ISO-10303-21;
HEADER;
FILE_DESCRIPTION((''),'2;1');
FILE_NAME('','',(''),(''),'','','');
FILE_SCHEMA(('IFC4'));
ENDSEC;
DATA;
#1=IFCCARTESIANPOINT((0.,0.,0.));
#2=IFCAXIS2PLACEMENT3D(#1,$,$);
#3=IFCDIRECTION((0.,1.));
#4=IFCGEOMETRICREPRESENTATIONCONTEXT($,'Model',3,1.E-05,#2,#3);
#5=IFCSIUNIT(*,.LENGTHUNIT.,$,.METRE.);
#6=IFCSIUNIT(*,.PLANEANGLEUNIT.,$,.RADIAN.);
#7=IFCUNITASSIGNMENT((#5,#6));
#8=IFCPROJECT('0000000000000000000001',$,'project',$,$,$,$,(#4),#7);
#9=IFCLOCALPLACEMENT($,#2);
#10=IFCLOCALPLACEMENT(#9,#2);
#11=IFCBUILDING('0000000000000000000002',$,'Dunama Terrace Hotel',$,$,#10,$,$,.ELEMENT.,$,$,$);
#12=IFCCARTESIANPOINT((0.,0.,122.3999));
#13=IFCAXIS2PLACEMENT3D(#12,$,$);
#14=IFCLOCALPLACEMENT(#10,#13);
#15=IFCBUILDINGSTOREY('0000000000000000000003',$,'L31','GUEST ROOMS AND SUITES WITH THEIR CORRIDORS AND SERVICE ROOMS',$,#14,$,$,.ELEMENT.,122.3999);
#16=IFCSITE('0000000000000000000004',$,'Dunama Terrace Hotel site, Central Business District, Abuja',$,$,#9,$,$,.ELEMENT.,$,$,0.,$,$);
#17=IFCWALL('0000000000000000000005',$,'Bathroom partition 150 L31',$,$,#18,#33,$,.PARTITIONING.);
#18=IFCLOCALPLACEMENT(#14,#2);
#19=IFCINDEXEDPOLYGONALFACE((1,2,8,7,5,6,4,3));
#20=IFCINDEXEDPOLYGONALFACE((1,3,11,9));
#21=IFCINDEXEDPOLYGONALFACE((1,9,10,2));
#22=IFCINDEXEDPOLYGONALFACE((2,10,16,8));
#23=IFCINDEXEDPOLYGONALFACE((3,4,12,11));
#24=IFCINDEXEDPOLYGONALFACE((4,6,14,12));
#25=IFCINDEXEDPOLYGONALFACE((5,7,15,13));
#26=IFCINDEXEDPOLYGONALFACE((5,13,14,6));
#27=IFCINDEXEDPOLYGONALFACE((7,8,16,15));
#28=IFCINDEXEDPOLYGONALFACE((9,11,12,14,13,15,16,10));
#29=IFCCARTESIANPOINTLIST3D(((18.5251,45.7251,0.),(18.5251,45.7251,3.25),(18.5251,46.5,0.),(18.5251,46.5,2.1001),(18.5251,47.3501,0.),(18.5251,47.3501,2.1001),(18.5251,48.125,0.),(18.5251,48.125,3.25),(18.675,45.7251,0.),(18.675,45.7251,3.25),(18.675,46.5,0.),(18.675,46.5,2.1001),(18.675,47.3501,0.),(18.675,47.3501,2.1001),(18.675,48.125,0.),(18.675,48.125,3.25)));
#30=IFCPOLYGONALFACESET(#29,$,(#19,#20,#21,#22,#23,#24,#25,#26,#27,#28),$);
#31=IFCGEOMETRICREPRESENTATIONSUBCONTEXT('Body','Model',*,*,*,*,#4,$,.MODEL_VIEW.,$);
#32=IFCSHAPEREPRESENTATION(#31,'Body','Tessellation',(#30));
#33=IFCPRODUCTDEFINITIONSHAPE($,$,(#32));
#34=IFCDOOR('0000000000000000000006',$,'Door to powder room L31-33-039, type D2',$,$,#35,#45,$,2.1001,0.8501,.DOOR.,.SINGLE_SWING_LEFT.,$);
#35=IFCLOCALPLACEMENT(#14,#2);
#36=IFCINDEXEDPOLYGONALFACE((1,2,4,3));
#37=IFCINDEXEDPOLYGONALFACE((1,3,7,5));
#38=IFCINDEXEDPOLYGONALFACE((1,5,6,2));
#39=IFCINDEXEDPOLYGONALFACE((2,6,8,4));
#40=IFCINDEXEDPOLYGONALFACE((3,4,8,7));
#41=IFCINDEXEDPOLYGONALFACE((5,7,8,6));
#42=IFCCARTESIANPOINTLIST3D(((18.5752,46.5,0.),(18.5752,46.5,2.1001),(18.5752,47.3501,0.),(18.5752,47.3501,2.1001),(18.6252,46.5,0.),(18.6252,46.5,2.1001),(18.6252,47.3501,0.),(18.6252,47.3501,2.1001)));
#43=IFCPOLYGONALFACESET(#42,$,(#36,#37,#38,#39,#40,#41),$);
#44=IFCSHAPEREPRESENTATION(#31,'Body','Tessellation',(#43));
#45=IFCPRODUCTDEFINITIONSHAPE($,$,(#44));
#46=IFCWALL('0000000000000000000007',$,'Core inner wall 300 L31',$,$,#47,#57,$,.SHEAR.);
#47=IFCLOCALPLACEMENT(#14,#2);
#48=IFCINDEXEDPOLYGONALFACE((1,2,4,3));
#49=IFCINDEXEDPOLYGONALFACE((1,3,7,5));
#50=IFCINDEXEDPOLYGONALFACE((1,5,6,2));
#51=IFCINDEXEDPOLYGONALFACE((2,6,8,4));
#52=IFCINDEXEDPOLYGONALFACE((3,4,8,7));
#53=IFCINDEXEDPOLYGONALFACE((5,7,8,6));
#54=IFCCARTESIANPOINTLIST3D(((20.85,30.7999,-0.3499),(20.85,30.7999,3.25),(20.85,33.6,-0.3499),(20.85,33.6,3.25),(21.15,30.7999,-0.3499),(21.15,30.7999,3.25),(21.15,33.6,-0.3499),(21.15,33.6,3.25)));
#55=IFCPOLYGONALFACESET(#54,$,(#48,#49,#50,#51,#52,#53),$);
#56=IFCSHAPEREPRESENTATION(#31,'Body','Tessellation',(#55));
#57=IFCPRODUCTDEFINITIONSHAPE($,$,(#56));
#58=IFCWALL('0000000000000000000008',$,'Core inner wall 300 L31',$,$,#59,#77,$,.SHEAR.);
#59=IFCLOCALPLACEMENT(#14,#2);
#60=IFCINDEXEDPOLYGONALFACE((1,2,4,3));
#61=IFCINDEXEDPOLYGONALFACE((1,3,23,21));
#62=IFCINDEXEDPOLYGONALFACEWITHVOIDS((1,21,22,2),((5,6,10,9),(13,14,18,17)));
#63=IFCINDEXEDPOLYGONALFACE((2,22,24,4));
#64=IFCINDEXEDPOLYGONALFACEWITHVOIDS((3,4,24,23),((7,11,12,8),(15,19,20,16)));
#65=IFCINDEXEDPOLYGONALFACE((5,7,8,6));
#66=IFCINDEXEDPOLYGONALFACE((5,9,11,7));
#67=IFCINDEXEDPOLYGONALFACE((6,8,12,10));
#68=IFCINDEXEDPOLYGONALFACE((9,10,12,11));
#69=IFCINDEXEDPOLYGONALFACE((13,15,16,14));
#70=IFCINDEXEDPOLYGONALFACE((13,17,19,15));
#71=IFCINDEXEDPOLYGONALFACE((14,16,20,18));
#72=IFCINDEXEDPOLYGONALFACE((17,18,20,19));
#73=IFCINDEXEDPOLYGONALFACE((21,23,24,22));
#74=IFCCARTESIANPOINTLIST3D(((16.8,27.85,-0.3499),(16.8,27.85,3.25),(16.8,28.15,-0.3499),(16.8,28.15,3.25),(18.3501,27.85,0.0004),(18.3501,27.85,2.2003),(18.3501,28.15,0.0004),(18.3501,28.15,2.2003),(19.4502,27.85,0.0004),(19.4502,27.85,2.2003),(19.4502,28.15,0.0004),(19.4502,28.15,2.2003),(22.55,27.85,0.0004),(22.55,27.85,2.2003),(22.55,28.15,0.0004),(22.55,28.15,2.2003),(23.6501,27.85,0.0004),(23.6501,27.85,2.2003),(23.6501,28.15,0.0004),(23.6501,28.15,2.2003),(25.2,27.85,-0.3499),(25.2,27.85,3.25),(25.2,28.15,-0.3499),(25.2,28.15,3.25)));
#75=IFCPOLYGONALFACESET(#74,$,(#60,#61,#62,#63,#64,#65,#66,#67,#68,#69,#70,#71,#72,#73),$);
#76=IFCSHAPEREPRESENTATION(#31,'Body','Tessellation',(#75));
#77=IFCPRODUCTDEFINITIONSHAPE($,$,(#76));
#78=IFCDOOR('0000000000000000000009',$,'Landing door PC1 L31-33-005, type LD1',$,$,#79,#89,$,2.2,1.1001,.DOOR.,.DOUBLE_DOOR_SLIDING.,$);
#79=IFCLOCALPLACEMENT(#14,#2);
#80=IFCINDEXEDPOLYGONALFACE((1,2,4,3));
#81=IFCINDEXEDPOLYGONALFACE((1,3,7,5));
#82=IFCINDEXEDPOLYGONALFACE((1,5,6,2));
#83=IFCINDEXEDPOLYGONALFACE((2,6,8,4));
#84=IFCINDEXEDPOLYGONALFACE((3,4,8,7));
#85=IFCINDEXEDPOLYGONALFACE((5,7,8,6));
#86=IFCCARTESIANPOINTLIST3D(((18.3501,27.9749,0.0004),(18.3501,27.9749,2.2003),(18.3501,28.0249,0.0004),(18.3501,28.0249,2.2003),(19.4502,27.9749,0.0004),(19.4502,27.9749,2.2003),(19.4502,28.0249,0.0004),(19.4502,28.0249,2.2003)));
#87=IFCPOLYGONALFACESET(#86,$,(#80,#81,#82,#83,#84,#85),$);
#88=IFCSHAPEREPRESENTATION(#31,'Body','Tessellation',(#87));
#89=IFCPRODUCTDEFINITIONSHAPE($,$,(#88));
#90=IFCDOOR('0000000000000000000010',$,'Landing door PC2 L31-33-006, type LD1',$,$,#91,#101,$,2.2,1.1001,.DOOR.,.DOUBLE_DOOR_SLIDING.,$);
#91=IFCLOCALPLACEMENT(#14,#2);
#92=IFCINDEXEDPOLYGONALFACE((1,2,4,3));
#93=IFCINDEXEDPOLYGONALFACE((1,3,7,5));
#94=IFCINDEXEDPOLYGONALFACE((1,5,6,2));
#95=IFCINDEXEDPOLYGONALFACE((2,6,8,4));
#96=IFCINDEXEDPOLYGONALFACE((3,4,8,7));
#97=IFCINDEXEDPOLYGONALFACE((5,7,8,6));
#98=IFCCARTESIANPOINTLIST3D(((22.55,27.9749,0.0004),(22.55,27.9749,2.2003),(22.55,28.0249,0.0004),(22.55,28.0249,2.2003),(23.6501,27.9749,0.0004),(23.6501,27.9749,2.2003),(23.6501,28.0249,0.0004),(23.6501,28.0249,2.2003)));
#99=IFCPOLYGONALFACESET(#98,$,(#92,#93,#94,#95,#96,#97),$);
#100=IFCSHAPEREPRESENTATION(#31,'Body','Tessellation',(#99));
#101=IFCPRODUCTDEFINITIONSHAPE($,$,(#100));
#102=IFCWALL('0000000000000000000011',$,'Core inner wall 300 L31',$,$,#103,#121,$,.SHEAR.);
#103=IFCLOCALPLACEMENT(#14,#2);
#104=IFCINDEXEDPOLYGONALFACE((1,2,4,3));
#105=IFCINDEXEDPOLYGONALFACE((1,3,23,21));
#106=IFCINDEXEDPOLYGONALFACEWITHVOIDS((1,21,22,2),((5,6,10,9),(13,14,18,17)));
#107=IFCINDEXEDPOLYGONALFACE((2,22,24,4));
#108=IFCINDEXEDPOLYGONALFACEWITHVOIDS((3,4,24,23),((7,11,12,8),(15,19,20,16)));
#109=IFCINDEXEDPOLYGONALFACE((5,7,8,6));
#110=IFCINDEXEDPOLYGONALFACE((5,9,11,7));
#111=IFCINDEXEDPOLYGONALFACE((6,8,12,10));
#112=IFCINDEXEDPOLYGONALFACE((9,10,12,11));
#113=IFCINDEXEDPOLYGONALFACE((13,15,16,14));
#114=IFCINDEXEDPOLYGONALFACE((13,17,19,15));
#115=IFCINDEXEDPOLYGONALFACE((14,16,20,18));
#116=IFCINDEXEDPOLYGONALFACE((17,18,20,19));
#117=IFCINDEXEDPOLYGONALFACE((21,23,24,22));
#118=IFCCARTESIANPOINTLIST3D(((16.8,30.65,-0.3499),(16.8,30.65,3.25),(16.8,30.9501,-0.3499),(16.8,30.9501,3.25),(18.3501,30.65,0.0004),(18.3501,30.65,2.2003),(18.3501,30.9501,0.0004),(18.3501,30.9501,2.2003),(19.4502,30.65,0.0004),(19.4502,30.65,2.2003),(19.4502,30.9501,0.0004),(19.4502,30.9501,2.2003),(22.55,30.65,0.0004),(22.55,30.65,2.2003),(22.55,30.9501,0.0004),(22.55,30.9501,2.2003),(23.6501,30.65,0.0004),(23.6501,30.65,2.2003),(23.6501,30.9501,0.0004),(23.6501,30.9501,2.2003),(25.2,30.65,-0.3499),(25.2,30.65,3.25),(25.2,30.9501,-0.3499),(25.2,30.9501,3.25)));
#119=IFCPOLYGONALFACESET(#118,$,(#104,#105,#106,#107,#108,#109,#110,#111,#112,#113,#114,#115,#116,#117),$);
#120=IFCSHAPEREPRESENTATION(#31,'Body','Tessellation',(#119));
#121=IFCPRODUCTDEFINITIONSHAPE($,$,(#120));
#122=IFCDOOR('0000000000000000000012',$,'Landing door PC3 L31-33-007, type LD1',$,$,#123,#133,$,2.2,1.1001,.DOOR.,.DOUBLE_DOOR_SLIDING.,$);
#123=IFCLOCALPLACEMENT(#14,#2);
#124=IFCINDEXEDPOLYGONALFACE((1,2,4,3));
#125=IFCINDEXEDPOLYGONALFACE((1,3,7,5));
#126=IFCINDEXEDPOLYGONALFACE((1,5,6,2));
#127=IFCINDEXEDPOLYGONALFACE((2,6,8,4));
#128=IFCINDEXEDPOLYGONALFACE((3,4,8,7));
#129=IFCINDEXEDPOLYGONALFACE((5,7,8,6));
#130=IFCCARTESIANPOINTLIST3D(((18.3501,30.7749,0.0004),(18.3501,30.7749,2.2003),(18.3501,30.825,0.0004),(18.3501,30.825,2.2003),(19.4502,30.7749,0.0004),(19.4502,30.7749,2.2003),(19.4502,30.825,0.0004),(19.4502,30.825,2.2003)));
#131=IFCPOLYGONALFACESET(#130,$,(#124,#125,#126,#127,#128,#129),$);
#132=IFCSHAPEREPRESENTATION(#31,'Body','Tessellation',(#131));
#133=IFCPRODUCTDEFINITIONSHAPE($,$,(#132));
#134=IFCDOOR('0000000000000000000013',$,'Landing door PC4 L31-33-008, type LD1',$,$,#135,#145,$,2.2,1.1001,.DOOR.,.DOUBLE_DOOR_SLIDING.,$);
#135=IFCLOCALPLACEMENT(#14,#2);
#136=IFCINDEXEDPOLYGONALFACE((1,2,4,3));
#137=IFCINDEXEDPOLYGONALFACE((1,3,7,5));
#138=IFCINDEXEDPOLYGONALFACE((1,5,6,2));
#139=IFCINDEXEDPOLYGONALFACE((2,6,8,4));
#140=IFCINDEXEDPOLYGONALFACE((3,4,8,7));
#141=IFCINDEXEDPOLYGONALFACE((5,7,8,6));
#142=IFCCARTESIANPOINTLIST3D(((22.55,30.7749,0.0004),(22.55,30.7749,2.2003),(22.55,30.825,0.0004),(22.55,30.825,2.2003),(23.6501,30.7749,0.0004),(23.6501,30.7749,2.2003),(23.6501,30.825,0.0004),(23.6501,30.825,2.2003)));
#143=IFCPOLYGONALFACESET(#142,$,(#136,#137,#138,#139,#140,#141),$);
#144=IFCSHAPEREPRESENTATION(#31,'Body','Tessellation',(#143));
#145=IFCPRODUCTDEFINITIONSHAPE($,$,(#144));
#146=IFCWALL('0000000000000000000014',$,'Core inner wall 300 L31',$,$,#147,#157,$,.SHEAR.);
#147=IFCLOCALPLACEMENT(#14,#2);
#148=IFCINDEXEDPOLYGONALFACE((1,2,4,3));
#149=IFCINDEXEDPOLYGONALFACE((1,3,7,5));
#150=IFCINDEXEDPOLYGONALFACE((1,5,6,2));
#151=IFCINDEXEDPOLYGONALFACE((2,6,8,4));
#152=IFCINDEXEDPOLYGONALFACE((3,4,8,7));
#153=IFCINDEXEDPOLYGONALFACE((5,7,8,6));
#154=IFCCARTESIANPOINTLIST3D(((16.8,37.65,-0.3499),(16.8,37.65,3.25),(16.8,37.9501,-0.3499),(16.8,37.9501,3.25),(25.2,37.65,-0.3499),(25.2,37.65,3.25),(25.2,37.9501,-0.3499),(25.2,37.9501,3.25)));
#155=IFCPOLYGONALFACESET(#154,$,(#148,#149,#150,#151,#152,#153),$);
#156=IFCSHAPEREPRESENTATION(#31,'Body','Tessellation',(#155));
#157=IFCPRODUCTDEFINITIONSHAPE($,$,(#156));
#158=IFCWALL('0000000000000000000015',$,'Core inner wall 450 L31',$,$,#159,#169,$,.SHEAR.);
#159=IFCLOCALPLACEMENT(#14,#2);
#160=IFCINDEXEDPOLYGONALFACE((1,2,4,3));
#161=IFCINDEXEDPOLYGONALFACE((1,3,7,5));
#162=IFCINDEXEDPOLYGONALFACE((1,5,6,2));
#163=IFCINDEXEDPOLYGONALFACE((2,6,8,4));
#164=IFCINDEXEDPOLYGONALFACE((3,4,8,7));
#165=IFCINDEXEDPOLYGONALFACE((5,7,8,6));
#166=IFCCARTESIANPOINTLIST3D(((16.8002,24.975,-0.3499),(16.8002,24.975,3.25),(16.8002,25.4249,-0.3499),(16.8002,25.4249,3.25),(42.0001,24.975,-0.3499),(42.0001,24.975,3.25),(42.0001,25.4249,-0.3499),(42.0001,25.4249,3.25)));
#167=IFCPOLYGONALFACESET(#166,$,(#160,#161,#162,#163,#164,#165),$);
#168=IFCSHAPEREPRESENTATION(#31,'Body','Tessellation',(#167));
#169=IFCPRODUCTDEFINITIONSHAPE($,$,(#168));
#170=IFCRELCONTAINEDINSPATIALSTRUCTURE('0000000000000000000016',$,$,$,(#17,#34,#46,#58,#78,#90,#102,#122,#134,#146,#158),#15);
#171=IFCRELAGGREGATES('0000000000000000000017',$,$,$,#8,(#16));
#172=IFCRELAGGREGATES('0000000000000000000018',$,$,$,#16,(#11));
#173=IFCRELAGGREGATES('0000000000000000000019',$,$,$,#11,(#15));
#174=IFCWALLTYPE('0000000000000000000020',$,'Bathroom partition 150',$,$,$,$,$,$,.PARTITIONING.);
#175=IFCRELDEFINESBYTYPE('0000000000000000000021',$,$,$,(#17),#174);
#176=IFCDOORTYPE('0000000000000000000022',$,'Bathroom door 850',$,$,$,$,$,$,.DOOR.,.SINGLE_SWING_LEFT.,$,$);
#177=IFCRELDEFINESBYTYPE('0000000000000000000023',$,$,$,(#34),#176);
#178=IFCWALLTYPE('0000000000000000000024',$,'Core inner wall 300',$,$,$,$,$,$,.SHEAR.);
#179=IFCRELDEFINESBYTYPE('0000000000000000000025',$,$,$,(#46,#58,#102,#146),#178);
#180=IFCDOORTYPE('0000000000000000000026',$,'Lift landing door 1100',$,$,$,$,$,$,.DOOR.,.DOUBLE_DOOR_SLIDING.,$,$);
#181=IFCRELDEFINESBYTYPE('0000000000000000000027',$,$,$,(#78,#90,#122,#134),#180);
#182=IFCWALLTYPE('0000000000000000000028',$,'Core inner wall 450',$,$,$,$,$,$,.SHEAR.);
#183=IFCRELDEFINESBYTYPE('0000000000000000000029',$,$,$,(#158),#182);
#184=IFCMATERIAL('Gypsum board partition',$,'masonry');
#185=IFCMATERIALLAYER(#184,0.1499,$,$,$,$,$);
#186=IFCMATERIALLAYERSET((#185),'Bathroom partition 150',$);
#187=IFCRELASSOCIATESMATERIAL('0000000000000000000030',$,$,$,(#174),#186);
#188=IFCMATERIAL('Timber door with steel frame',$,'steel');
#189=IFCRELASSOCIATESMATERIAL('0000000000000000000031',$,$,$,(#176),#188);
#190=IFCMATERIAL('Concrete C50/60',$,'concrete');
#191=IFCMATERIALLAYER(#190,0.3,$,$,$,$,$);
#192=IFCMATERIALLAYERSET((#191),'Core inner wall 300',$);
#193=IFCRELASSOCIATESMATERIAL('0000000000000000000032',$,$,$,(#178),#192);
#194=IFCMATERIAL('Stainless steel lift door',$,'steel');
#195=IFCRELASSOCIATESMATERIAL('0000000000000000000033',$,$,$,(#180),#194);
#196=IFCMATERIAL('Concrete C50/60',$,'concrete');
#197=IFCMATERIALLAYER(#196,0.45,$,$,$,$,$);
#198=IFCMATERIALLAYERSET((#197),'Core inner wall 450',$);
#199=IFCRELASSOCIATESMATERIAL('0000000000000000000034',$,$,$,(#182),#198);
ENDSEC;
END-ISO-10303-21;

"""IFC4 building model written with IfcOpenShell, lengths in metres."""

from ifc_helpers import new_model, si_unit, direction, frame, frame_2d, origin, place, context, subcontext, project, spatial, rectangle, extrude, material, layer, layer_set, type_object, element, fill, save


model = new_model("IFC4")

# Units and contexts
model_context = context("Model", 3, precision=1e-05, world=origin(), true_north=direction((0.0, 1.0)))
body_context = subcontext(model_context, "Body", "Model", "MODEL_VIEW")
ifc_project = project(units=[si_unit("LENGTHUNIT", "METRE"), si_unit("PLANEANGLEUNIT", "RADIAN")], contexts=[model_context])

# Site, building, storey
site_placement = place(None, origin())
site = spatial("IfcSite", under=ifc_project, at=site_placement, Name="Dunama Terrace Hotel site, Central Business District, Abuja", CompositionType="ELEMENT", RefElevation=0.0)
building_placement = place(site_placement, origin())
building = spatial("IfcBuilding", under=site, at=building_placement, Name="Dunama Terrace Hotel", CompositionType="ELEMENT")
storey_placement = place(building_placement, frame((0.0, 0.0, 122.3999)))
storey = spatial("IfcBuildingStorey", under=building, at=storey_placement, Name="L31", Description="GUEST ROOMS AND SUITES WITH THEIR CORRIDORS AND SERVICE ROOMS", CompositionType="ELEMENT", Elevation=122.3999)

# Wall, opening, door
ifc_material_1 = material(Name="Gypsum board partition", Category="masonry")
ifc_layer_1 = layer(ifc_material_1, 0.1499)
ifc_layer_set_1 = layer_set([ifc_layer_1], Name="Bathroom partition 150")
wall_type_1 = type_object("IfcWallType", Name="Bathroom partition 150", PredefinedType="PARTITIONING", material=ifc_layer_set_1)
wall_1_placement = place(storey_placement, frame((18.6001, 45.7251, 0.0), z_axis=(0.0, 0.0, 1.0), x_axis=(0.0, 1.0, 0.0)))
wall_1 = element("IfcWall", 1, at=wall_1_placement, inside=storey, type_object=wall_type_1, Name="Bathroom partition 150 L31", PredefinedType="PARTITIONING", context=body_context, shape_type="SweptSolid", body=[
    extrude(rectangle(XDim=2.3999, YDim=0.1499, at=frame_2d((1.2, 0.0))), origin(), (0.0, 0.0, 1.0), 3.25),
])
opening_1_placement = place(wall_1_placement, frame((0.7749, 0.0, 0.0)))
opening_1 = element("IfcOpeningElement", 2, at=opening_1_placement, cuts=wall_1, PredefinedType="OPENING", context=body_context, shape_type="SweptSolid", body=[
    extrude(rectangle(XDim=0.8501, YDim=2.1001, at=frame_2d((0.425, 1.05))), frame((0.0, 0.085, 0.0), z_axis=(0.0, -1.0, 0.0), x_axis=(1.0, 0.0, 0.0)), (0.0, 0.0, 1.0), 0.1699),
])
ifc_material_2 = material(Name="Timber door with steel frame", Category="steel")
door_type_1 = type_object("IfcDoorType", Name="Bathroom door 850", OperationType="SINGLE_SWING_LEFT", PredefinedType="DOOR", material=ifc_material_2)
door_1_placement = place(opening_1_placement, origin())
door_1 = element("IfcDoor", 3, at=door_1_placement, inside=storey, type_object=door_type_1, Name="Door to powder room L31-33-039, type D2", OperationType="SINGLE_SWING_LEFT", OverallHeight=2.1001, OverallWidth=0.8501, PredefinedType="DOOR", context=body_context, shape_type="SweptSolid", body=[
    extrude(rectangle(XDim=0.8501, YDim=2.1001, at=frame_2d((0.425, 1.05))), frame((0.0, 0.0249, 0.0), z_axis=(0.0, -1.0, 0.0), x_axis=(1.0, 0.0, 0.0)), (0.0, 0.0, 1.0), 0.05),
])
fill(opening_1, door_1)

# Wall
ifc_material_3 = material(Name="Concrete C50/60", Category="concrete")
ifc_layer_2 = layer(ifc_material_3, 0.3)
ifc_layer_set_2 = layer_set([ifc_layer_2], Name="Core inner wall 300")
wall_type_2 = type_object("IfcWallType", Name="Core inner wall 300", PredefinedType="SHEAR", material=ifc_layer_set_2)
wall_2_placement = place(storey_placement, frame((21.0, 30.8, -0.3499), z_axis=(0.0, 0.0, 1.0), x_axis=(0.0, 1.0, 0.0)))
element("IfcWall", 4, at=wall_2_placement, inside=storey, type_object=wall_type_2, Name="Core inner wall 300 L31", PredefinedType="SHEAR", context=body_context, shape_type="SweptSolid", body=[
    extrude(rectangle(XDim=2.8, YDim=0.3, at=frame_2d((1.3999, 0.0))), origin(), (0.0, 0.0, 1.0), 3.5999),
])

# Walls, openings, doors
wall_3_placement = place(storey_placement, frame((16.8, 28.0, -0.3499), z_axis=(0.0, 0.0, 1.0), x_axis=(1.0, 0.0, 0.0)))
wall_3 = element("IfcWall", 5, at=wall_3_placement, inside=storey, type_object=wall_type_2, Name="Core inner wall 300 L31", PredefinedType="SHEAR", context=body_context, shape_type="SweptSolid", body=[
    extrude(rectangle(XDim=8.3999, YDim=0.3, at=frame_2d((4.2, 0.0))), origin(), (0.0, 0.0, 1.0), 3.5999),
])
opening_2_placement = place(wall_3_placement, frame((1.55, 0.0, 0.3501)))
opening_2 = element("IfcOpeningElement", 6, at=opening_2_placement, cuts=wall_3, PredefinedType="OPENING", context=body_context, shape_type="SweptSolid", body=[
    extrude(rectangle(XDim=1.1001, YDim=2.2, at=frame_2d((0.55, 1.1001))), frame((0.0, 0.1599, 0.0), z_axis=(0.0, -1.0, 0.0), x_axis=(1.0, 0.0, 0.0)), (0.0, 0.0, 1.0), 0.3201),
])
opening_3_placement = place(wall_3_placement, frame((5.75, 0.0, 0.3501)))
opening_3 = element("IfcOpeningElement", 7, at=opening_3_placement, cuts=wall_3, PredefinedType="OPENING", context=body_context, shape_type="SweptSolid", body=[
    extrude(rectangle(XDim=1.1001, YDim=2.2, at=frame_2d((0.55, 1.1001))), frame((0.0, 0.1599, 0.0), z_axis=(0.0, -1.0, 0.0), x_axis=(1.0, 0.0, 0.0)), (0.0, 0.0, 1.0), 0.3201),
])
ifc_material_4 = material(Name="Stainless steel lift door", Category="steel")
door_type_2 = type_object("IfcDoorType", Name="Lift landing door 1100", OperationType="DOUBLE_DOOR_SLIDING", PredefinedType="DOOR", material=ifc_material_4)
door_2_placement = place(opening_2_placement, origin())
door_2 = element("IfcDoor", 8, at=door_2_placement, inside=storey, type_object=door_type_2, Name="Landing door PC1 L31-33-005, type LD1", OperationType="DOUBLE_DOOR_SLIDING", OverallHeight=2.2, OverallWidth=1.1001, PredefinedType="DOOR", context=body_context, shape_type="SweptSolid", body=[
    extrude(rectangle(XDim=1.1001, YDim=2.2, at=frame_2d((0.55, 1.1001))), frame((0.0, 0.0249, 0.0), z_axis=(0.0, -1.0, 0.0), x_axis=(1.0, 0.0, 0.0)), (0.0, 0.0, 1.0), 0.05),
])
fill(opening_2, door_2)
door_3_placement = place(opening_3_placement, origin())
door_3 = element("IfcDoor", 9, at=door_3_placement, inside=storey, type_object=door_type_2, Name="Landing door PC2 L31-33-006, type LD1", OperationType="DOUBLE_DOOR_SLIDING", OverallHeight=2.2, OverallWidth=1.1001, PredefinedType="DOOR", context=body_context, shape_type="SweptSolid", body=[
    extrude(rectangle(XDim=1.1001, YDim=2.2, at=frame_2d((0.55, 1.1001))), frame((0.0, 0.0249, 0.0), z_axis=(0.0, -1.0, 0.0), x_axis=(1.0, 0.0, 0.0)), (0.0, 0.0, 1.0), 0.05),
])
fill(opening_3, door_3)
wall_4_placement = place(storey_placement, frame((16.8, 30.8, -0.3499), z_axis=(0.0, 0.0, 1.0), x_axis=(1.0, 0.0, 0.0)))
wall_4 = element("IfcWall", 10, at=wall_4_placement, inside=storey, type_object=wall_type_2, Name="Core inner wall 300 L31", PredefinedType="SHEAR", context=body_context, shape_type="SweptSolid", body=[
    extrude(rectangle(XDim=8.3999, YDim=0.3, at=frame_2d((4.2, 0.0))), origin(), (0.0, 0.0, 1.0), 3.5999),
])
opening_4_placement = place(wall_4_placement, frame((1.55, 0.0, 0.3501)))
opening_4 = element("IfcOpeningElement", 11, at=opening_4_placement, cuts=wall_4, PredefinedType="OPENING", context=body_context, shape_type="SweptSolid", body=[
    extrude(rectangle(XDim=1.1001, YDim=2.2, at=frame_2d((0.55, 1.1001))), frame((0.0, 0.1599, 0.0), z_axis=(0.0, -1.0, 0.0), x_axis=(1.0, 0.0, 0.0)), (0.0, 0.0, 1.0), 0.3201),
])
opening_5_placement = place(wall_4_placement, frame((5.75, 0.0, 0.3501)))
opening_5 = element("IfcOpeningElement", 12, at=opening_5_placement, cuts=wall_4, PredefinedType="OPENING", context=body_context, shape_type="SweptSolid", body=[
    extrude(rectangle(XDim=1.1001, YDim=2.2, at=frame_2d((0.55, 1.1001))), frame((0.0, 0.1599, 0.0), z_axis=(0.0, -1.0, 0.0), x_axis=(1.0, 0.0, 0.0)), (0.0, 0.0, 1.0), 0.3201),
])
door_4_placement = place(opening_4_placement, origin())
door_4 = element("IfcDoor", 13, at=door_4_placement, inside=storey, type_object=door_type_2, Name="Landing door PC3 L31-33-007, type LD1", OperationType="DOUBLE_DOOR_SLIDING", OverallHeight=2.2, OverallWidth=1.1001, PredefinedType="DOOR", context=body_context, shape_type="SweptSolid", body=[
    extrude(rectangle(XDim=1.1001, YDim=2.2, at=frame_2d((0.55, 1.1001))), frame((0.0, 0.0249, 0.0), z_axis=(0.0, -1.0, 0.0), x_axis=(1.0, 0.0, 0.0)), (0.0, 0.0, 1.0), 0.05),
])
fill(opening_4, door_4)
door_5_placement = place(opening_5_placement, origin())
door_5 = element("IfcDoor", 14, at=door_5_placement, inside=storey, type_object=door_type_2, Name="Landing door PC4 L31-33-008, type LD1", OperationType="DOUBLE_DOOR_SLIDING", OverallHeight=2.2, OverallWidth=1.1001, PredefinedType="DOOR", context=body_context, shape_type="SweptSolid", body=[
    extrude(rectangle(XDim=1.1001, YDim=2.2, at=frame_2d((0.55, 1.1001))), frame((0.0, 0.0249, 0.0), z_axis=(0.0, -1.0, 0.0), x_axis=(1.0, 0.0, 0.0)), (0.0, 0.0, 1.0), 0.05),
])
fill(opening_5, door_5)

# Walls
wall_5_placement = place(storey_placement, frame((16.8, 37.8, -0.3499), z_axis=(0.0, 0.0, 1.0), x_axis=(1.0, 0.0, 0.0)))
element("IfcWall", 15, at=wall_5_placement, inside=storey, type_object=wall_type_2, Name="Core inner wall 300 L31", PredefinedType="SHEAR", context=body_context, shape_type="SweptSolid", body=[
    extrude(rectangle(XDim=8.3999, YDim=0.3, at=frame_2d((4.2, 0.0))), origin(), (0.0, 0.0, 1.0), 3.5999),
])
ifc_material_5 = material(Name="Concrete C50/60", Category="concrete")
ifc_layer_3 = layer(ifc_material_5, 0.45)
ifc_layer_set_3 = layer_set([ifc_layer_3], Name="Core inner wall 450")
wall_type_3 = type_object("IfcWallType", Name="Core inner wall 450", PredefinedType="SHEAR", material=ifc_layer_set_3)
wall_6_placement = place(storey_placement, frame((16.8, 25.2, -0.3499), z_axis=(0.0, 0.0, 1.0), x_axis=(1.0, 0.0, 0.0)))
element("IfcWall", 16, at=wall_6_placement, inside=storey, type_object=wall_type_3, Name="Core inner wall 450 L31", PredefinedType="SHEAR", context=body_context, shape_type="SweptSolid", body=[
    extrude(rectangle(XDim=25.2, YDim=0.45, at=frame_2d((12.6001, 0.0))), origin(), (0.0, 0.0, 1.0), 3.5999),
])

save(model, "model.ifc")
